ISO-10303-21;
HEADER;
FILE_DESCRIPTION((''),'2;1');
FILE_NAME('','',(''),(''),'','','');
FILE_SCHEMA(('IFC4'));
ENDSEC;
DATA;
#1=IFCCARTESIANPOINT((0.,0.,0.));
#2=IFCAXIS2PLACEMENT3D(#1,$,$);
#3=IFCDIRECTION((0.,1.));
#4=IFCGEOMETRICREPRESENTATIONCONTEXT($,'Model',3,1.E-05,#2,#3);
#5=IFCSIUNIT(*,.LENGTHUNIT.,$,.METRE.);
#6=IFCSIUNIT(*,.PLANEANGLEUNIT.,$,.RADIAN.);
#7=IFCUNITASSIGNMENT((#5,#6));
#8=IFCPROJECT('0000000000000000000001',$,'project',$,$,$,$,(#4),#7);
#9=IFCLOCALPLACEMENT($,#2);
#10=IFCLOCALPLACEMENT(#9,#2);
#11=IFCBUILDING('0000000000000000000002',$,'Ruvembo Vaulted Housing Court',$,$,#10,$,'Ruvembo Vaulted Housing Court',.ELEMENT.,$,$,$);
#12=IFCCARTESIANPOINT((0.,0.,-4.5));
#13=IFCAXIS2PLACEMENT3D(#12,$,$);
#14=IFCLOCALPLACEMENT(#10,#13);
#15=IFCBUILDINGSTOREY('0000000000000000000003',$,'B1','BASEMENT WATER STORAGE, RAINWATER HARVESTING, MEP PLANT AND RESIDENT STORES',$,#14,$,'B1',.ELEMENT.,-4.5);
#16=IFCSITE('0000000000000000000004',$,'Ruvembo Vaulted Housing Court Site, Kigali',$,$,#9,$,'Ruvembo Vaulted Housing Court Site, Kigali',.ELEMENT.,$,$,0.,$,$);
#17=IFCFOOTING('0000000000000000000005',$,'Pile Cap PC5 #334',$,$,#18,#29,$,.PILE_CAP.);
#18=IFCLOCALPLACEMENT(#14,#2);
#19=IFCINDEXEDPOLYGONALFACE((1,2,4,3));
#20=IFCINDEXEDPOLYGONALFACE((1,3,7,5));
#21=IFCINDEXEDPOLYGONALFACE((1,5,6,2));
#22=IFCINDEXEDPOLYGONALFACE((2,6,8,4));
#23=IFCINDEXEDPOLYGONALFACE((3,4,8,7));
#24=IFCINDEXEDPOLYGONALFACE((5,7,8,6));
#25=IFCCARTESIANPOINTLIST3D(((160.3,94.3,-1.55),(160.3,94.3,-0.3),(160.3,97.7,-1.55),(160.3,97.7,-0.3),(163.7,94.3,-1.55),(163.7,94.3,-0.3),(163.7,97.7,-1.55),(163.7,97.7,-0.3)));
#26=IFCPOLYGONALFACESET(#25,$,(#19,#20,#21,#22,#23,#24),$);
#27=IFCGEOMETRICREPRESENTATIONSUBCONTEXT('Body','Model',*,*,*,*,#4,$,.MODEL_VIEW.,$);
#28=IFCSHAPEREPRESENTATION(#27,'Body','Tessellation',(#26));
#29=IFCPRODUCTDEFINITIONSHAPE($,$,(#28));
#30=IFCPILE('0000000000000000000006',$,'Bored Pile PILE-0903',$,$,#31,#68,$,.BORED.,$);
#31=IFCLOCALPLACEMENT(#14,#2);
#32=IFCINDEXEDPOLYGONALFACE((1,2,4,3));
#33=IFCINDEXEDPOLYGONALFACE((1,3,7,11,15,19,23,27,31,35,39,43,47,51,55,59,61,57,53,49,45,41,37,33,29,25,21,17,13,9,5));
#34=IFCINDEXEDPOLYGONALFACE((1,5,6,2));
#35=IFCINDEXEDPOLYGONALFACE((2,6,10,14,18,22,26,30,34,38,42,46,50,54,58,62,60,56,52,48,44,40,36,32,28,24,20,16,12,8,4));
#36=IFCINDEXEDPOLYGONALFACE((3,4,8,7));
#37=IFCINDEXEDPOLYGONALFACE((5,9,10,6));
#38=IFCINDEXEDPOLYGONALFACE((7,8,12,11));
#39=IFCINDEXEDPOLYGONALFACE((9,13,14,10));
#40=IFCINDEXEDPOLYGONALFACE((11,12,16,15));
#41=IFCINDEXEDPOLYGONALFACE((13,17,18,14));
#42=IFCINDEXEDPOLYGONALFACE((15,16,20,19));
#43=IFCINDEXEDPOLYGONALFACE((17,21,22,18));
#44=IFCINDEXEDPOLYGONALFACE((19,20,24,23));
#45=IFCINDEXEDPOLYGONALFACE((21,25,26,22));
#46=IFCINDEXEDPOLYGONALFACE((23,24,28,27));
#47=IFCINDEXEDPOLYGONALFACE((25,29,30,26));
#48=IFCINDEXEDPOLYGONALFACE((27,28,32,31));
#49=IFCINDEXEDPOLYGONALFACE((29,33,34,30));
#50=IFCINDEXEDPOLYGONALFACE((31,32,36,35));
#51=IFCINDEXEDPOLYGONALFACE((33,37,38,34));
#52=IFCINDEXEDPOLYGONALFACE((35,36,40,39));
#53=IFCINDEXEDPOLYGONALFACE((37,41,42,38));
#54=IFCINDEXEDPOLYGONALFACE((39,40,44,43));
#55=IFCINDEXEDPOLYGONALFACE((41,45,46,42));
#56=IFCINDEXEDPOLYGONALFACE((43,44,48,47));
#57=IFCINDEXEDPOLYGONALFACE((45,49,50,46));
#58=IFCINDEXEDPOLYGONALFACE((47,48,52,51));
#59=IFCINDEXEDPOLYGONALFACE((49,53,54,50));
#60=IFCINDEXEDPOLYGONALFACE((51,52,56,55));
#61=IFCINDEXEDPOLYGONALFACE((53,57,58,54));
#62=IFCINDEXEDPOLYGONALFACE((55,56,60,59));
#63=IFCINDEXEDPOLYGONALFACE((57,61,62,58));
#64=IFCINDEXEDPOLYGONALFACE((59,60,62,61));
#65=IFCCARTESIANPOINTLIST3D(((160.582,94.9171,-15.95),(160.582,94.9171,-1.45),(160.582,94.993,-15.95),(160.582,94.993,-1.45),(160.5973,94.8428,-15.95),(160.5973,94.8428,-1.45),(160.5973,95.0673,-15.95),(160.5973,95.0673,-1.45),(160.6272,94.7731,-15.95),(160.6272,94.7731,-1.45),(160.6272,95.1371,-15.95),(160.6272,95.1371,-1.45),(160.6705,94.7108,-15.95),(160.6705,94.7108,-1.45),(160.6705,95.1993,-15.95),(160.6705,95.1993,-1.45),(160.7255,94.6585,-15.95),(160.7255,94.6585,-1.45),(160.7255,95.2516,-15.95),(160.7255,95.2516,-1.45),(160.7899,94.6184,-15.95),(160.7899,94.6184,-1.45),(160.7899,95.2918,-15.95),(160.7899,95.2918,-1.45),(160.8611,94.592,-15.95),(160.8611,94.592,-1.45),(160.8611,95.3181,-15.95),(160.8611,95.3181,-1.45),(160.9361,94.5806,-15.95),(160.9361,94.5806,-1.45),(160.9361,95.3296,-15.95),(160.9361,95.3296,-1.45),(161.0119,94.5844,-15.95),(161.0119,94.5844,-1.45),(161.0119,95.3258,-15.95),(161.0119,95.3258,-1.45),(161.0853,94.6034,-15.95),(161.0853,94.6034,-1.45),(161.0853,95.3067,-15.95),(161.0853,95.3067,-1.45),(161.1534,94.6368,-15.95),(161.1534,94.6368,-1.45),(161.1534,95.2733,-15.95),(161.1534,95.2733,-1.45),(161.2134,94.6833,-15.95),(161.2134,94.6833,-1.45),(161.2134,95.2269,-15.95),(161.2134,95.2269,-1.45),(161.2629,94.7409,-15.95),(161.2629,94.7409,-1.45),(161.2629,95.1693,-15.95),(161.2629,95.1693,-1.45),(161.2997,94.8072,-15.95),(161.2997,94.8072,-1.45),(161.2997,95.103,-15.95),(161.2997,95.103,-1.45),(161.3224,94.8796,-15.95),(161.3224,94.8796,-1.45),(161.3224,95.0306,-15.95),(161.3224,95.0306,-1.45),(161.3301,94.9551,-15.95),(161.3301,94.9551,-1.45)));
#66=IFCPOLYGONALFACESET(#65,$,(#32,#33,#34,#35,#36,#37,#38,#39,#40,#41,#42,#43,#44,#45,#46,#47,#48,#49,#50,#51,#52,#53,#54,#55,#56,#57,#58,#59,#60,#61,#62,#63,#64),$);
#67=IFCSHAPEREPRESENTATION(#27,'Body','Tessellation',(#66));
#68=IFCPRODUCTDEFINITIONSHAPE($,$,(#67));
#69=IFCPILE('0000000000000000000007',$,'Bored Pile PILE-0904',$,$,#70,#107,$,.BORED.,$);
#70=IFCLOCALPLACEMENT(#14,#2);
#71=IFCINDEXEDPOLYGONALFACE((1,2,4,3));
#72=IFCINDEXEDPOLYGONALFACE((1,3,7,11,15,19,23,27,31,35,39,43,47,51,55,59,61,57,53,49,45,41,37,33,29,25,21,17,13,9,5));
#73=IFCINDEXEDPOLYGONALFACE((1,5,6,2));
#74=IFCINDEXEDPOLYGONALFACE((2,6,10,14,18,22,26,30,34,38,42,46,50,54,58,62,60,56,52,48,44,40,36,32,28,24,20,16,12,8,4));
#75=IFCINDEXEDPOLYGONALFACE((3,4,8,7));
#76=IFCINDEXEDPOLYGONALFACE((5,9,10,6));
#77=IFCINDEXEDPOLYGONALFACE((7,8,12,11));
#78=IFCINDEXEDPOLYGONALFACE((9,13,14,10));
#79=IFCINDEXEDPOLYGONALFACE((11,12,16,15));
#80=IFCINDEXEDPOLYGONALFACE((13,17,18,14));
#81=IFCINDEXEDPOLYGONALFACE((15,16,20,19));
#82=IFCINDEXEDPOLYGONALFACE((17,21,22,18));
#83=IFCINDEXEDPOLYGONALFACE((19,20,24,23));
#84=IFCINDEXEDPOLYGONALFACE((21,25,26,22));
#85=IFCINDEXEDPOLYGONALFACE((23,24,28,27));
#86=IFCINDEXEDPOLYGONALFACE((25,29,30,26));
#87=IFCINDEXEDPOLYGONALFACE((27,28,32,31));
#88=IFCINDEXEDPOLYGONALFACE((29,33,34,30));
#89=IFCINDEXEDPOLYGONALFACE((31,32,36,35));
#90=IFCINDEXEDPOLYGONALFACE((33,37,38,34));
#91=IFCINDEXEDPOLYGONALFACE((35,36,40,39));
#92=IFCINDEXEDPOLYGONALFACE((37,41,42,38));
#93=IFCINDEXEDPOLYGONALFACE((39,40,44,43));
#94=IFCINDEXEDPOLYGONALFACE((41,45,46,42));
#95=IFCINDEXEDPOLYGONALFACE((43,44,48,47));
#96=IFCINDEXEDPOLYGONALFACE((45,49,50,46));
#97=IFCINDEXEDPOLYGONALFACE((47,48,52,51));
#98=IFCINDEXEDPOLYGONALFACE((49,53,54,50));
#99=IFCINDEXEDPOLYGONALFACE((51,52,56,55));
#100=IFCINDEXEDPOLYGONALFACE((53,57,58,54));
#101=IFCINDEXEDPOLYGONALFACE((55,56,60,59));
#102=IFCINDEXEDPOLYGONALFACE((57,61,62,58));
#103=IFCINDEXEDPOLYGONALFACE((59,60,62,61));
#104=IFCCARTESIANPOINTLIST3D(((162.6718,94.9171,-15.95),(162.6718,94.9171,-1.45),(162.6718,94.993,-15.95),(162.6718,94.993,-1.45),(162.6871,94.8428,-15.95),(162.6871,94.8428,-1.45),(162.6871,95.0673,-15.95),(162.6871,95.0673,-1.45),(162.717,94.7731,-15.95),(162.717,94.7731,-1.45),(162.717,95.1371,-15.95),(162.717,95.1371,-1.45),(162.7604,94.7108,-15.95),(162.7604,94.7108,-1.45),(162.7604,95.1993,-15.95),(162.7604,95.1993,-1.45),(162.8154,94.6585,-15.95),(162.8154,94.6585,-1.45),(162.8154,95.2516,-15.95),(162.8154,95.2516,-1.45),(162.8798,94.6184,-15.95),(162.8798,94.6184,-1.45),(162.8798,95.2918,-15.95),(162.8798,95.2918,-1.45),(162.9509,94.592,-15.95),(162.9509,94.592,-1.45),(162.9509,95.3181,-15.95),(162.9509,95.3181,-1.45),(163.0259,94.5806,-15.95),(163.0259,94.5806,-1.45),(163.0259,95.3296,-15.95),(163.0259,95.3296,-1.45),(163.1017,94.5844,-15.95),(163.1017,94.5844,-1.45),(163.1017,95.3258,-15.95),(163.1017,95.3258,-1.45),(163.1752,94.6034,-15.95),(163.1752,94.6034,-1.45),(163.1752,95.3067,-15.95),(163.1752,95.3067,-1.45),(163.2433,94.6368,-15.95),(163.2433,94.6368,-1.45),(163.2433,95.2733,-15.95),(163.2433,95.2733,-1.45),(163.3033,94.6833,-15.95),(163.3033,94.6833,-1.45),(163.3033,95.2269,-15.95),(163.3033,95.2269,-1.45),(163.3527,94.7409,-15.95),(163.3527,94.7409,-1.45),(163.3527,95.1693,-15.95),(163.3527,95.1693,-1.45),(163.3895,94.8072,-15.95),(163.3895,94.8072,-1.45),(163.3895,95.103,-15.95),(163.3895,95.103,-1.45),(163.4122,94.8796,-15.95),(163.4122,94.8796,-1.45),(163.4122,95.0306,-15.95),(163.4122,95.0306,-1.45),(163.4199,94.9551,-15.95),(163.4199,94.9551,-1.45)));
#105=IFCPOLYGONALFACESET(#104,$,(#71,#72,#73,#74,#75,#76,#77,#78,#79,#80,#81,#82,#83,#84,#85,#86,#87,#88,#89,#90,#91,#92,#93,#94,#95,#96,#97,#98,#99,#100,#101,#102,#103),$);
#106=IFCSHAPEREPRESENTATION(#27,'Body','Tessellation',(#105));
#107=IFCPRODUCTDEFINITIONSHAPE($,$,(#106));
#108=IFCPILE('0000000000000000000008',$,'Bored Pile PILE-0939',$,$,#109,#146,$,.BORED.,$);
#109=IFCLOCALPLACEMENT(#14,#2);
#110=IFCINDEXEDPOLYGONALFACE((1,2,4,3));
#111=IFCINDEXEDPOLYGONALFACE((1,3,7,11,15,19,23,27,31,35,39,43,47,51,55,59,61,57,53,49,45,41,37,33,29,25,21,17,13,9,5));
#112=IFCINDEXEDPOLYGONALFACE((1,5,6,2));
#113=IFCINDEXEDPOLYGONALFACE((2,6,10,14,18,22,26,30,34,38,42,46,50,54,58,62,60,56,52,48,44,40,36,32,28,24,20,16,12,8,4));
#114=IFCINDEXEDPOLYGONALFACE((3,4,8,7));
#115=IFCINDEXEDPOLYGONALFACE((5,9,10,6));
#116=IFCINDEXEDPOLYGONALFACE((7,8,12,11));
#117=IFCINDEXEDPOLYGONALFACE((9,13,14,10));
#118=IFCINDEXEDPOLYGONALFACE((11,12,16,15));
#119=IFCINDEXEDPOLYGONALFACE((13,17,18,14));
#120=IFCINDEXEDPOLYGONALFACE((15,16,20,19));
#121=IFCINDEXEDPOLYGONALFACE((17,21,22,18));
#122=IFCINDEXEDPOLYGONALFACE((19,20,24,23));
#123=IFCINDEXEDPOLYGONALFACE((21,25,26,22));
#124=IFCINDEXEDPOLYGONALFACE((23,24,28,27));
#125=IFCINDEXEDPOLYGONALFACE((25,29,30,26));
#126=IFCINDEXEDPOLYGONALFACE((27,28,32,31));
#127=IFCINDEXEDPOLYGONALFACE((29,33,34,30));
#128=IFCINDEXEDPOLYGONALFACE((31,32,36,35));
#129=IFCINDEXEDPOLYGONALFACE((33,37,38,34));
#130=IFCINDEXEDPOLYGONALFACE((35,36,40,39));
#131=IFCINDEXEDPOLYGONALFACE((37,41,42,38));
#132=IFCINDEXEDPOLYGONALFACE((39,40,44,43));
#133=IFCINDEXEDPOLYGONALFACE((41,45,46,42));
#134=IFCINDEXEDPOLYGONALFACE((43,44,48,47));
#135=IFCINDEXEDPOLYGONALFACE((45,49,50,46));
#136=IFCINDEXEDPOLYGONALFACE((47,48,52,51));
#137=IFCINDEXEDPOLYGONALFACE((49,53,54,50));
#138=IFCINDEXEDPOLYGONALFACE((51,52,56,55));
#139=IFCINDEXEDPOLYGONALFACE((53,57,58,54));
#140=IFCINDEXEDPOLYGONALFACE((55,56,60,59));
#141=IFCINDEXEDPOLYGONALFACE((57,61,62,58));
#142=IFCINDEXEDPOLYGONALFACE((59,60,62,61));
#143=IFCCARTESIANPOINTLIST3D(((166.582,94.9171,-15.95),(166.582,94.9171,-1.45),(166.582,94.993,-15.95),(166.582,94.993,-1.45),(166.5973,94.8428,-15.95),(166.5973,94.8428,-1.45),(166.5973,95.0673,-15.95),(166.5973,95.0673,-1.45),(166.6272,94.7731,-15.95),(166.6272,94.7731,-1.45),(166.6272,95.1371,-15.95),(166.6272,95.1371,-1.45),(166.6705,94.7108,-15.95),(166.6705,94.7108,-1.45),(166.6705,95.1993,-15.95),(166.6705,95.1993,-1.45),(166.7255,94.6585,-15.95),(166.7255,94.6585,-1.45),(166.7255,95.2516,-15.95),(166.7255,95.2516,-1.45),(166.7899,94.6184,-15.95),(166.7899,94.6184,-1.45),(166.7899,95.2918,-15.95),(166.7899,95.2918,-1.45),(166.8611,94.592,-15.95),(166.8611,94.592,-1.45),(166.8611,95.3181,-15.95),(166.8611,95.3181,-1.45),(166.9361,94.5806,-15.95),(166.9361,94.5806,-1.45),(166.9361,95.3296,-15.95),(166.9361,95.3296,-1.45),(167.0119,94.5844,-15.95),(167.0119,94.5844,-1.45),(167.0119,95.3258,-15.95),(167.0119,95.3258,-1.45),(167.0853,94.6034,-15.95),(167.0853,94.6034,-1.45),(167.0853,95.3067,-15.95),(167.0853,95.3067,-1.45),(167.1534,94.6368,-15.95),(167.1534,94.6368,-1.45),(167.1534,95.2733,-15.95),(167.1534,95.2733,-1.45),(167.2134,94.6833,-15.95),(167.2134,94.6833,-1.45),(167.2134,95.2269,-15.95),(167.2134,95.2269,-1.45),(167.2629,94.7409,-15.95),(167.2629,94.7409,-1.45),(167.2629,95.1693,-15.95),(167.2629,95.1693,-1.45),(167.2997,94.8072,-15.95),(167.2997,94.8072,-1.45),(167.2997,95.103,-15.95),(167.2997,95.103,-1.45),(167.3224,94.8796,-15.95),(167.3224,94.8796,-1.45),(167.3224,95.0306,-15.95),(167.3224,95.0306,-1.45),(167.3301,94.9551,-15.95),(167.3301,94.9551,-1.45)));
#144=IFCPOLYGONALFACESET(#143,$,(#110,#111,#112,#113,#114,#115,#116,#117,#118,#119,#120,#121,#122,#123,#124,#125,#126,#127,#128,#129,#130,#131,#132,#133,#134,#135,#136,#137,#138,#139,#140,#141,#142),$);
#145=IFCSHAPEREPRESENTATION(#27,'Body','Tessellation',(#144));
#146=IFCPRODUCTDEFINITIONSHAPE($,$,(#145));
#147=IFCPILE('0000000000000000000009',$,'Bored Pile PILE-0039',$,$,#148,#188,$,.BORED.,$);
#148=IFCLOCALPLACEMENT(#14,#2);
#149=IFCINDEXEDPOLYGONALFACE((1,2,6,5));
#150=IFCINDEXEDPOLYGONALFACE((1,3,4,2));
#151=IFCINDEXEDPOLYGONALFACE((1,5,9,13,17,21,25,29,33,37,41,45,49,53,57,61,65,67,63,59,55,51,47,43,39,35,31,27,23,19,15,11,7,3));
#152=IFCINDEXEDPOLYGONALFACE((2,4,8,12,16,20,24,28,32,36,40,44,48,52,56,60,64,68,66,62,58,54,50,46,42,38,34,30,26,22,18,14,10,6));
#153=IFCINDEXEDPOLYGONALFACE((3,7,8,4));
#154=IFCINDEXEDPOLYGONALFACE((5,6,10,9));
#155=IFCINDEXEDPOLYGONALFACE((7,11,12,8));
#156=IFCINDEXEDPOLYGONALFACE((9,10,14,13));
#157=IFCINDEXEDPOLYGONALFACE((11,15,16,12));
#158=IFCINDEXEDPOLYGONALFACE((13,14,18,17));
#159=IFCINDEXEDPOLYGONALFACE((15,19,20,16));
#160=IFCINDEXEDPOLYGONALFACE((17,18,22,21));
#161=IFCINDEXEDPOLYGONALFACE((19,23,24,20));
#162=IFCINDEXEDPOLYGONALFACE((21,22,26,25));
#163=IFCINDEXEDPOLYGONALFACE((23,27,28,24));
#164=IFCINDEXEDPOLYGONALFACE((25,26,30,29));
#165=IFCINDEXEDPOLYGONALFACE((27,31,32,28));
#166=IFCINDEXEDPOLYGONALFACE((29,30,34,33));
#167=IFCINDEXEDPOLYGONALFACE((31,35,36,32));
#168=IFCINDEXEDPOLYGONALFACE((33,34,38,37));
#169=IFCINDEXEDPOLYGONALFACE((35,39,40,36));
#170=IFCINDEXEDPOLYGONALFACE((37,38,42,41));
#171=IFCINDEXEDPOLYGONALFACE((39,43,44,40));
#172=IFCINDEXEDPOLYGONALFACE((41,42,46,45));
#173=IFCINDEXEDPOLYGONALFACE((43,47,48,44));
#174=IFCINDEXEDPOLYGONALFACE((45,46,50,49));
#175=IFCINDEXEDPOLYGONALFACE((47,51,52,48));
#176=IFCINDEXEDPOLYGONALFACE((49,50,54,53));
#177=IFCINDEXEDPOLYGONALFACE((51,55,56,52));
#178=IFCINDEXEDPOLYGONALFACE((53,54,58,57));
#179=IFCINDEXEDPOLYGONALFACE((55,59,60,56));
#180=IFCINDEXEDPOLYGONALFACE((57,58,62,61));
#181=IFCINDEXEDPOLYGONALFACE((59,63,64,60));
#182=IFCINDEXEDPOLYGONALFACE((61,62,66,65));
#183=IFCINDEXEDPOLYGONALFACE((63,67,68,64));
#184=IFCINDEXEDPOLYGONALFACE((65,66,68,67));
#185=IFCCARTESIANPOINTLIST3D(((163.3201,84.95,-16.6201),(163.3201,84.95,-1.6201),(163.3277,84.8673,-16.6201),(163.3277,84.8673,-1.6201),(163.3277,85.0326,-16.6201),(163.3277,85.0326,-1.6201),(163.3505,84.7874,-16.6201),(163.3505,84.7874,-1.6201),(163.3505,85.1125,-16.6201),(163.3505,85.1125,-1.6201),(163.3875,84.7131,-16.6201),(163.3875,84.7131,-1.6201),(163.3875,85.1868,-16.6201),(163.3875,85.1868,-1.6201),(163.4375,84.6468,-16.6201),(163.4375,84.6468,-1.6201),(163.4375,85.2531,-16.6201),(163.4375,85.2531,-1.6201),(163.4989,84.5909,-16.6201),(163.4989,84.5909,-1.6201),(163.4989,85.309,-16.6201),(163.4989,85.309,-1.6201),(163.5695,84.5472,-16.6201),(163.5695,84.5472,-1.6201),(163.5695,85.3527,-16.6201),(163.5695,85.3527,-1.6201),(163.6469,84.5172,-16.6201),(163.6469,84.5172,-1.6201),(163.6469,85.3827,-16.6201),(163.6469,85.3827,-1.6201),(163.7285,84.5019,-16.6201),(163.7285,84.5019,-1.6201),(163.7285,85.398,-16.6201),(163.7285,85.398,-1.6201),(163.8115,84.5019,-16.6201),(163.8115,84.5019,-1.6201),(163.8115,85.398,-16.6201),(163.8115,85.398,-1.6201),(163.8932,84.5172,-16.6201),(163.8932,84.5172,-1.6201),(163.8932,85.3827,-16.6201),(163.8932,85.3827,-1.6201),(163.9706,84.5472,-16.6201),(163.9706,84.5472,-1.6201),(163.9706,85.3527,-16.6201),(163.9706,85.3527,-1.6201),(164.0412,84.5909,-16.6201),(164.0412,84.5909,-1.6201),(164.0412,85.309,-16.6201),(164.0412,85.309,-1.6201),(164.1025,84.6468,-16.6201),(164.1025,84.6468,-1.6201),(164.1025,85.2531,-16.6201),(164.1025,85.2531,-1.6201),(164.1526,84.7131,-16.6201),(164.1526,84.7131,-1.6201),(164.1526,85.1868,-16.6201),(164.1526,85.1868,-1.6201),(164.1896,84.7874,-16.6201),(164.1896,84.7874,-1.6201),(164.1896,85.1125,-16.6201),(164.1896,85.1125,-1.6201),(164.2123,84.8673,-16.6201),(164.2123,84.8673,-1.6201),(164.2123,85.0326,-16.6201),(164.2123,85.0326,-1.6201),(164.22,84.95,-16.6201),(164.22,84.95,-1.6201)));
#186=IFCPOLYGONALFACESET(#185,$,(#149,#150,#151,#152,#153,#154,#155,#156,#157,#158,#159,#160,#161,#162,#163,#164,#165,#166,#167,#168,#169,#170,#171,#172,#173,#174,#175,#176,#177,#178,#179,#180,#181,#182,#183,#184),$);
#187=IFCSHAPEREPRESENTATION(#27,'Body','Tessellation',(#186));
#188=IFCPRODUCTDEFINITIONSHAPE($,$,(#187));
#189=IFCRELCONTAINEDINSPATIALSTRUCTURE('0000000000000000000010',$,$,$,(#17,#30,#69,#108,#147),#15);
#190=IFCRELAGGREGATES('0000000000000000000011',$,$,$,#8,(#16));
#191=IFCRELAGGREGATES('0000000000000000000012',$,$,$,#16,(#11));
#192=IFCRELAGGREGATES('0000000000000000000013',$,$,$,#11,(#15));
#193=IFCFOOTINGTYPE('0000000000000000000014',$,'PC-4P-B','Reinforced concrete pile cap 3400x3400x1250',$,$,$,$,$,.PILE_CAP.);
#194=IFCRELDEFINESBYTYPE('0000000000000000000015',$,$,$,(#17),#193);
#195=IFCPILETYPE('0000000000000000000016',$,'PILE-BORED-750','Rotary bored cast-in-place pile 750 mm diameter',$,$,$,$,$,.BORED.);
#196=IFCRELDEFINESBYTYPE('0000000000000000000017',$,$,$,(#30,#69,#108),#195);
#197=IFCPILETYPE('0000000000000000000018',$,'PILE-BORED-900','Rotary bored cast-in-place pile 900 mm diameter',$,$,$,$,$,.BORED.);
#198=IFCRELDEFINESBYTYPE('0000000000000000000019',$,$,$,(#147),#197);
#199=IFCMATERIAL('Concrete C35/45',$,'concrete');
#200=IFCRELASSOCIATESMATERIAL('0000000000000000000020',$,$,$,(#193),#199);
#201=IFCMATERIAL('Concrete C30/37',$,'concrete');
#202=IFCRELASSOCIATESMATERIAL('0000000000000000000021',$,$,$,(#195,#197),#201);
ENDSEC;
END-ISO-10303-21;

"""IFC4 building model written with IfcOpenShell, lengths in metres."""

from ifc_helpers import new_model, si_unit, direction, frame, origin, origin_2d, place, context, subcontext, project, spatial, rectangle, circle, extrude, material, material_profile, profile_set, type_object, element, save


model = new_model("IFC4")

# Units and contexts
model_context = context("Model", 3, precision=1e-05, world=origin(), true_north=direction((0.0, 1.0)))
body_context = subcontext(model_context, "Body", "Model", "MODEL_VIEW")
ifc_project = project(units=[si_unit("LENGTHUNIT", "METRE"), si_unit("PLANEANGLEUNIT", "RADIAN")], contexts=[model_context])

# Site, building, storey
site_placement = place(None, origin())
site = spatial("IfcSite", under=ifc_project, at=site_placement, Name="Ruvembo Vaulted Housing Court Site, Kigali", LongName="Ruvembo Vaulted Housing Court Site, Kigali", CompositionType="ELEMENT", RefElevation=0.0)
building_placement = place(site_placement, origin())
building = spatial("IfcBuilding", under=site, at=building_placement, Name="Ruvembo Vaulted Housing Court", LongName="Ruvembo Vaulted Housing Court", CompositionType="ELEMENT")
storey_placement = place(building_placement, frame((0.0, 0.0, -4.5)))
storey = spatial("IfcBuildingStorey", under=building, at=storey_placement, Name="B1", Description="BASEMENT WATER STORAGE, RAINWATER HARVESTING, MEP PLANT AND RESIDENT STORES", LongName="B1", CompositionType="ELEMENT", Elevation=-4.5)

# Footing
ifc_material_1 = material(Name="Concrete C35/45", Category="concrete")
footing_type = type_object("IfcFootingType", Name="PC-4P-B", Description="Reinforced concrete pile cap 3400x3400x1250", PredefinedType="PILE_CAP", material=ifc_material_1)
footing_placement = place(storey_placement, frame((162.0, 96.0, -1.55), z_axis=(0.0, 0.0, 1.0), x_axis=(1.0, 0.0, 0.0)))
element("IfcFooting", 1, at=footing_placement, inside=storey, type_object=footing_type, Name="Pile Cap PC5 #334", PredefinedType="PILE_CAP", context=body_context, shape_type="SweptSolid", body=[
    extrude(rectangle(XDim=3.3999, YDim=3.3999, at=origin_2d()), origin(), (0.0, 0.0, 1.0), 1.25),
])

# Piles
ifc_material_2 = material(Name="Concrete C30/37", Category="concrete")
ifc_material_profile_1 = material_profile(ifc_material_2, circle(Radius=0.375, at=origin_2d()), Name="PILE D750")
ifc_profile_set_1 = profile_set([ifc_material_profile_1], Name="Concrete C30/37")
pile_type_1 = type_object("IfcPileType", Name="PILE-BORED-750", Description="Rotary bored cast-in-place pile 750 mm diameter", PredefinedType="BORED", material=ifc_profile_set_1)
for number, where, z_axis, x_axis, name in (
    (2, (160.9551, 94.9551, -1.45), (0.0, 0.0, -1.0), (1.0, 0.0, 0.0), "Bored Pile PILE-0903"),
    (3, (163.0449, 94.9551, -1.45), (0.0, 0.0, -1.0), (1.0, 0.0, 0.0), "Bored Pile PILE-0904"),
    (4, (166.9551, 94.9551, -1.45), (0.0, 0.0, -1.0), (1.0, 0.0, 0.0), "Bored Pile PILE-0939"),
):
    element("IfcPile", number, at=place(storey_placement, frame(where, z_axis=z_axis, x_axis=x_axis)), inside=storey, type_object=pile_type_1, Name=name, PredefinedType="BORED", context=body_context, shape_type="SweptSolid", body=[
        extrude(circle(Radius=0.375, at=origin_2d()), origin(), (0.0, 0.0, 1.0), 14.5),
    ])
ifc_material_profile_2 = material_profile(ifc_material_2, circle(Radius=0.45, at=origin_2d()), Name="PILE D900")
ifc_profile_set_2 = profile_set([ifc_material_profile_2], Name="Concrete C30/37")
pile_type_2 = type_object("IfcPileType", Name="PILE-BORED-900", Description="Rotary bored cast-in-place pile 900 mm diameter", PredefinedType="BORED", material=ifc_profile_set_2)
for number, where, z_axis, x_axis, name in (
    (5, (163.77, 84.95, -1.6201), (0.0, 0.0, -1.0), (1.0, 0.0, 0.0), "Bored Pile PILE-0039"),
):
    element("IfcPile", number, at=place(storey_placement, frame(where, z_axis=z_axis, x_axis=x_axis)), inside=storey, type_object=pile_type_2, Name=name, PredefinedType="BORED", context=body_context, shape_type="SweptSolid", body=[
        extrude(circle(Radius=0.45, at=origin_2d()), origin(), (0.0, 0.0, 1.0), 15.0),
    ])

save(model, "model.ifc")
